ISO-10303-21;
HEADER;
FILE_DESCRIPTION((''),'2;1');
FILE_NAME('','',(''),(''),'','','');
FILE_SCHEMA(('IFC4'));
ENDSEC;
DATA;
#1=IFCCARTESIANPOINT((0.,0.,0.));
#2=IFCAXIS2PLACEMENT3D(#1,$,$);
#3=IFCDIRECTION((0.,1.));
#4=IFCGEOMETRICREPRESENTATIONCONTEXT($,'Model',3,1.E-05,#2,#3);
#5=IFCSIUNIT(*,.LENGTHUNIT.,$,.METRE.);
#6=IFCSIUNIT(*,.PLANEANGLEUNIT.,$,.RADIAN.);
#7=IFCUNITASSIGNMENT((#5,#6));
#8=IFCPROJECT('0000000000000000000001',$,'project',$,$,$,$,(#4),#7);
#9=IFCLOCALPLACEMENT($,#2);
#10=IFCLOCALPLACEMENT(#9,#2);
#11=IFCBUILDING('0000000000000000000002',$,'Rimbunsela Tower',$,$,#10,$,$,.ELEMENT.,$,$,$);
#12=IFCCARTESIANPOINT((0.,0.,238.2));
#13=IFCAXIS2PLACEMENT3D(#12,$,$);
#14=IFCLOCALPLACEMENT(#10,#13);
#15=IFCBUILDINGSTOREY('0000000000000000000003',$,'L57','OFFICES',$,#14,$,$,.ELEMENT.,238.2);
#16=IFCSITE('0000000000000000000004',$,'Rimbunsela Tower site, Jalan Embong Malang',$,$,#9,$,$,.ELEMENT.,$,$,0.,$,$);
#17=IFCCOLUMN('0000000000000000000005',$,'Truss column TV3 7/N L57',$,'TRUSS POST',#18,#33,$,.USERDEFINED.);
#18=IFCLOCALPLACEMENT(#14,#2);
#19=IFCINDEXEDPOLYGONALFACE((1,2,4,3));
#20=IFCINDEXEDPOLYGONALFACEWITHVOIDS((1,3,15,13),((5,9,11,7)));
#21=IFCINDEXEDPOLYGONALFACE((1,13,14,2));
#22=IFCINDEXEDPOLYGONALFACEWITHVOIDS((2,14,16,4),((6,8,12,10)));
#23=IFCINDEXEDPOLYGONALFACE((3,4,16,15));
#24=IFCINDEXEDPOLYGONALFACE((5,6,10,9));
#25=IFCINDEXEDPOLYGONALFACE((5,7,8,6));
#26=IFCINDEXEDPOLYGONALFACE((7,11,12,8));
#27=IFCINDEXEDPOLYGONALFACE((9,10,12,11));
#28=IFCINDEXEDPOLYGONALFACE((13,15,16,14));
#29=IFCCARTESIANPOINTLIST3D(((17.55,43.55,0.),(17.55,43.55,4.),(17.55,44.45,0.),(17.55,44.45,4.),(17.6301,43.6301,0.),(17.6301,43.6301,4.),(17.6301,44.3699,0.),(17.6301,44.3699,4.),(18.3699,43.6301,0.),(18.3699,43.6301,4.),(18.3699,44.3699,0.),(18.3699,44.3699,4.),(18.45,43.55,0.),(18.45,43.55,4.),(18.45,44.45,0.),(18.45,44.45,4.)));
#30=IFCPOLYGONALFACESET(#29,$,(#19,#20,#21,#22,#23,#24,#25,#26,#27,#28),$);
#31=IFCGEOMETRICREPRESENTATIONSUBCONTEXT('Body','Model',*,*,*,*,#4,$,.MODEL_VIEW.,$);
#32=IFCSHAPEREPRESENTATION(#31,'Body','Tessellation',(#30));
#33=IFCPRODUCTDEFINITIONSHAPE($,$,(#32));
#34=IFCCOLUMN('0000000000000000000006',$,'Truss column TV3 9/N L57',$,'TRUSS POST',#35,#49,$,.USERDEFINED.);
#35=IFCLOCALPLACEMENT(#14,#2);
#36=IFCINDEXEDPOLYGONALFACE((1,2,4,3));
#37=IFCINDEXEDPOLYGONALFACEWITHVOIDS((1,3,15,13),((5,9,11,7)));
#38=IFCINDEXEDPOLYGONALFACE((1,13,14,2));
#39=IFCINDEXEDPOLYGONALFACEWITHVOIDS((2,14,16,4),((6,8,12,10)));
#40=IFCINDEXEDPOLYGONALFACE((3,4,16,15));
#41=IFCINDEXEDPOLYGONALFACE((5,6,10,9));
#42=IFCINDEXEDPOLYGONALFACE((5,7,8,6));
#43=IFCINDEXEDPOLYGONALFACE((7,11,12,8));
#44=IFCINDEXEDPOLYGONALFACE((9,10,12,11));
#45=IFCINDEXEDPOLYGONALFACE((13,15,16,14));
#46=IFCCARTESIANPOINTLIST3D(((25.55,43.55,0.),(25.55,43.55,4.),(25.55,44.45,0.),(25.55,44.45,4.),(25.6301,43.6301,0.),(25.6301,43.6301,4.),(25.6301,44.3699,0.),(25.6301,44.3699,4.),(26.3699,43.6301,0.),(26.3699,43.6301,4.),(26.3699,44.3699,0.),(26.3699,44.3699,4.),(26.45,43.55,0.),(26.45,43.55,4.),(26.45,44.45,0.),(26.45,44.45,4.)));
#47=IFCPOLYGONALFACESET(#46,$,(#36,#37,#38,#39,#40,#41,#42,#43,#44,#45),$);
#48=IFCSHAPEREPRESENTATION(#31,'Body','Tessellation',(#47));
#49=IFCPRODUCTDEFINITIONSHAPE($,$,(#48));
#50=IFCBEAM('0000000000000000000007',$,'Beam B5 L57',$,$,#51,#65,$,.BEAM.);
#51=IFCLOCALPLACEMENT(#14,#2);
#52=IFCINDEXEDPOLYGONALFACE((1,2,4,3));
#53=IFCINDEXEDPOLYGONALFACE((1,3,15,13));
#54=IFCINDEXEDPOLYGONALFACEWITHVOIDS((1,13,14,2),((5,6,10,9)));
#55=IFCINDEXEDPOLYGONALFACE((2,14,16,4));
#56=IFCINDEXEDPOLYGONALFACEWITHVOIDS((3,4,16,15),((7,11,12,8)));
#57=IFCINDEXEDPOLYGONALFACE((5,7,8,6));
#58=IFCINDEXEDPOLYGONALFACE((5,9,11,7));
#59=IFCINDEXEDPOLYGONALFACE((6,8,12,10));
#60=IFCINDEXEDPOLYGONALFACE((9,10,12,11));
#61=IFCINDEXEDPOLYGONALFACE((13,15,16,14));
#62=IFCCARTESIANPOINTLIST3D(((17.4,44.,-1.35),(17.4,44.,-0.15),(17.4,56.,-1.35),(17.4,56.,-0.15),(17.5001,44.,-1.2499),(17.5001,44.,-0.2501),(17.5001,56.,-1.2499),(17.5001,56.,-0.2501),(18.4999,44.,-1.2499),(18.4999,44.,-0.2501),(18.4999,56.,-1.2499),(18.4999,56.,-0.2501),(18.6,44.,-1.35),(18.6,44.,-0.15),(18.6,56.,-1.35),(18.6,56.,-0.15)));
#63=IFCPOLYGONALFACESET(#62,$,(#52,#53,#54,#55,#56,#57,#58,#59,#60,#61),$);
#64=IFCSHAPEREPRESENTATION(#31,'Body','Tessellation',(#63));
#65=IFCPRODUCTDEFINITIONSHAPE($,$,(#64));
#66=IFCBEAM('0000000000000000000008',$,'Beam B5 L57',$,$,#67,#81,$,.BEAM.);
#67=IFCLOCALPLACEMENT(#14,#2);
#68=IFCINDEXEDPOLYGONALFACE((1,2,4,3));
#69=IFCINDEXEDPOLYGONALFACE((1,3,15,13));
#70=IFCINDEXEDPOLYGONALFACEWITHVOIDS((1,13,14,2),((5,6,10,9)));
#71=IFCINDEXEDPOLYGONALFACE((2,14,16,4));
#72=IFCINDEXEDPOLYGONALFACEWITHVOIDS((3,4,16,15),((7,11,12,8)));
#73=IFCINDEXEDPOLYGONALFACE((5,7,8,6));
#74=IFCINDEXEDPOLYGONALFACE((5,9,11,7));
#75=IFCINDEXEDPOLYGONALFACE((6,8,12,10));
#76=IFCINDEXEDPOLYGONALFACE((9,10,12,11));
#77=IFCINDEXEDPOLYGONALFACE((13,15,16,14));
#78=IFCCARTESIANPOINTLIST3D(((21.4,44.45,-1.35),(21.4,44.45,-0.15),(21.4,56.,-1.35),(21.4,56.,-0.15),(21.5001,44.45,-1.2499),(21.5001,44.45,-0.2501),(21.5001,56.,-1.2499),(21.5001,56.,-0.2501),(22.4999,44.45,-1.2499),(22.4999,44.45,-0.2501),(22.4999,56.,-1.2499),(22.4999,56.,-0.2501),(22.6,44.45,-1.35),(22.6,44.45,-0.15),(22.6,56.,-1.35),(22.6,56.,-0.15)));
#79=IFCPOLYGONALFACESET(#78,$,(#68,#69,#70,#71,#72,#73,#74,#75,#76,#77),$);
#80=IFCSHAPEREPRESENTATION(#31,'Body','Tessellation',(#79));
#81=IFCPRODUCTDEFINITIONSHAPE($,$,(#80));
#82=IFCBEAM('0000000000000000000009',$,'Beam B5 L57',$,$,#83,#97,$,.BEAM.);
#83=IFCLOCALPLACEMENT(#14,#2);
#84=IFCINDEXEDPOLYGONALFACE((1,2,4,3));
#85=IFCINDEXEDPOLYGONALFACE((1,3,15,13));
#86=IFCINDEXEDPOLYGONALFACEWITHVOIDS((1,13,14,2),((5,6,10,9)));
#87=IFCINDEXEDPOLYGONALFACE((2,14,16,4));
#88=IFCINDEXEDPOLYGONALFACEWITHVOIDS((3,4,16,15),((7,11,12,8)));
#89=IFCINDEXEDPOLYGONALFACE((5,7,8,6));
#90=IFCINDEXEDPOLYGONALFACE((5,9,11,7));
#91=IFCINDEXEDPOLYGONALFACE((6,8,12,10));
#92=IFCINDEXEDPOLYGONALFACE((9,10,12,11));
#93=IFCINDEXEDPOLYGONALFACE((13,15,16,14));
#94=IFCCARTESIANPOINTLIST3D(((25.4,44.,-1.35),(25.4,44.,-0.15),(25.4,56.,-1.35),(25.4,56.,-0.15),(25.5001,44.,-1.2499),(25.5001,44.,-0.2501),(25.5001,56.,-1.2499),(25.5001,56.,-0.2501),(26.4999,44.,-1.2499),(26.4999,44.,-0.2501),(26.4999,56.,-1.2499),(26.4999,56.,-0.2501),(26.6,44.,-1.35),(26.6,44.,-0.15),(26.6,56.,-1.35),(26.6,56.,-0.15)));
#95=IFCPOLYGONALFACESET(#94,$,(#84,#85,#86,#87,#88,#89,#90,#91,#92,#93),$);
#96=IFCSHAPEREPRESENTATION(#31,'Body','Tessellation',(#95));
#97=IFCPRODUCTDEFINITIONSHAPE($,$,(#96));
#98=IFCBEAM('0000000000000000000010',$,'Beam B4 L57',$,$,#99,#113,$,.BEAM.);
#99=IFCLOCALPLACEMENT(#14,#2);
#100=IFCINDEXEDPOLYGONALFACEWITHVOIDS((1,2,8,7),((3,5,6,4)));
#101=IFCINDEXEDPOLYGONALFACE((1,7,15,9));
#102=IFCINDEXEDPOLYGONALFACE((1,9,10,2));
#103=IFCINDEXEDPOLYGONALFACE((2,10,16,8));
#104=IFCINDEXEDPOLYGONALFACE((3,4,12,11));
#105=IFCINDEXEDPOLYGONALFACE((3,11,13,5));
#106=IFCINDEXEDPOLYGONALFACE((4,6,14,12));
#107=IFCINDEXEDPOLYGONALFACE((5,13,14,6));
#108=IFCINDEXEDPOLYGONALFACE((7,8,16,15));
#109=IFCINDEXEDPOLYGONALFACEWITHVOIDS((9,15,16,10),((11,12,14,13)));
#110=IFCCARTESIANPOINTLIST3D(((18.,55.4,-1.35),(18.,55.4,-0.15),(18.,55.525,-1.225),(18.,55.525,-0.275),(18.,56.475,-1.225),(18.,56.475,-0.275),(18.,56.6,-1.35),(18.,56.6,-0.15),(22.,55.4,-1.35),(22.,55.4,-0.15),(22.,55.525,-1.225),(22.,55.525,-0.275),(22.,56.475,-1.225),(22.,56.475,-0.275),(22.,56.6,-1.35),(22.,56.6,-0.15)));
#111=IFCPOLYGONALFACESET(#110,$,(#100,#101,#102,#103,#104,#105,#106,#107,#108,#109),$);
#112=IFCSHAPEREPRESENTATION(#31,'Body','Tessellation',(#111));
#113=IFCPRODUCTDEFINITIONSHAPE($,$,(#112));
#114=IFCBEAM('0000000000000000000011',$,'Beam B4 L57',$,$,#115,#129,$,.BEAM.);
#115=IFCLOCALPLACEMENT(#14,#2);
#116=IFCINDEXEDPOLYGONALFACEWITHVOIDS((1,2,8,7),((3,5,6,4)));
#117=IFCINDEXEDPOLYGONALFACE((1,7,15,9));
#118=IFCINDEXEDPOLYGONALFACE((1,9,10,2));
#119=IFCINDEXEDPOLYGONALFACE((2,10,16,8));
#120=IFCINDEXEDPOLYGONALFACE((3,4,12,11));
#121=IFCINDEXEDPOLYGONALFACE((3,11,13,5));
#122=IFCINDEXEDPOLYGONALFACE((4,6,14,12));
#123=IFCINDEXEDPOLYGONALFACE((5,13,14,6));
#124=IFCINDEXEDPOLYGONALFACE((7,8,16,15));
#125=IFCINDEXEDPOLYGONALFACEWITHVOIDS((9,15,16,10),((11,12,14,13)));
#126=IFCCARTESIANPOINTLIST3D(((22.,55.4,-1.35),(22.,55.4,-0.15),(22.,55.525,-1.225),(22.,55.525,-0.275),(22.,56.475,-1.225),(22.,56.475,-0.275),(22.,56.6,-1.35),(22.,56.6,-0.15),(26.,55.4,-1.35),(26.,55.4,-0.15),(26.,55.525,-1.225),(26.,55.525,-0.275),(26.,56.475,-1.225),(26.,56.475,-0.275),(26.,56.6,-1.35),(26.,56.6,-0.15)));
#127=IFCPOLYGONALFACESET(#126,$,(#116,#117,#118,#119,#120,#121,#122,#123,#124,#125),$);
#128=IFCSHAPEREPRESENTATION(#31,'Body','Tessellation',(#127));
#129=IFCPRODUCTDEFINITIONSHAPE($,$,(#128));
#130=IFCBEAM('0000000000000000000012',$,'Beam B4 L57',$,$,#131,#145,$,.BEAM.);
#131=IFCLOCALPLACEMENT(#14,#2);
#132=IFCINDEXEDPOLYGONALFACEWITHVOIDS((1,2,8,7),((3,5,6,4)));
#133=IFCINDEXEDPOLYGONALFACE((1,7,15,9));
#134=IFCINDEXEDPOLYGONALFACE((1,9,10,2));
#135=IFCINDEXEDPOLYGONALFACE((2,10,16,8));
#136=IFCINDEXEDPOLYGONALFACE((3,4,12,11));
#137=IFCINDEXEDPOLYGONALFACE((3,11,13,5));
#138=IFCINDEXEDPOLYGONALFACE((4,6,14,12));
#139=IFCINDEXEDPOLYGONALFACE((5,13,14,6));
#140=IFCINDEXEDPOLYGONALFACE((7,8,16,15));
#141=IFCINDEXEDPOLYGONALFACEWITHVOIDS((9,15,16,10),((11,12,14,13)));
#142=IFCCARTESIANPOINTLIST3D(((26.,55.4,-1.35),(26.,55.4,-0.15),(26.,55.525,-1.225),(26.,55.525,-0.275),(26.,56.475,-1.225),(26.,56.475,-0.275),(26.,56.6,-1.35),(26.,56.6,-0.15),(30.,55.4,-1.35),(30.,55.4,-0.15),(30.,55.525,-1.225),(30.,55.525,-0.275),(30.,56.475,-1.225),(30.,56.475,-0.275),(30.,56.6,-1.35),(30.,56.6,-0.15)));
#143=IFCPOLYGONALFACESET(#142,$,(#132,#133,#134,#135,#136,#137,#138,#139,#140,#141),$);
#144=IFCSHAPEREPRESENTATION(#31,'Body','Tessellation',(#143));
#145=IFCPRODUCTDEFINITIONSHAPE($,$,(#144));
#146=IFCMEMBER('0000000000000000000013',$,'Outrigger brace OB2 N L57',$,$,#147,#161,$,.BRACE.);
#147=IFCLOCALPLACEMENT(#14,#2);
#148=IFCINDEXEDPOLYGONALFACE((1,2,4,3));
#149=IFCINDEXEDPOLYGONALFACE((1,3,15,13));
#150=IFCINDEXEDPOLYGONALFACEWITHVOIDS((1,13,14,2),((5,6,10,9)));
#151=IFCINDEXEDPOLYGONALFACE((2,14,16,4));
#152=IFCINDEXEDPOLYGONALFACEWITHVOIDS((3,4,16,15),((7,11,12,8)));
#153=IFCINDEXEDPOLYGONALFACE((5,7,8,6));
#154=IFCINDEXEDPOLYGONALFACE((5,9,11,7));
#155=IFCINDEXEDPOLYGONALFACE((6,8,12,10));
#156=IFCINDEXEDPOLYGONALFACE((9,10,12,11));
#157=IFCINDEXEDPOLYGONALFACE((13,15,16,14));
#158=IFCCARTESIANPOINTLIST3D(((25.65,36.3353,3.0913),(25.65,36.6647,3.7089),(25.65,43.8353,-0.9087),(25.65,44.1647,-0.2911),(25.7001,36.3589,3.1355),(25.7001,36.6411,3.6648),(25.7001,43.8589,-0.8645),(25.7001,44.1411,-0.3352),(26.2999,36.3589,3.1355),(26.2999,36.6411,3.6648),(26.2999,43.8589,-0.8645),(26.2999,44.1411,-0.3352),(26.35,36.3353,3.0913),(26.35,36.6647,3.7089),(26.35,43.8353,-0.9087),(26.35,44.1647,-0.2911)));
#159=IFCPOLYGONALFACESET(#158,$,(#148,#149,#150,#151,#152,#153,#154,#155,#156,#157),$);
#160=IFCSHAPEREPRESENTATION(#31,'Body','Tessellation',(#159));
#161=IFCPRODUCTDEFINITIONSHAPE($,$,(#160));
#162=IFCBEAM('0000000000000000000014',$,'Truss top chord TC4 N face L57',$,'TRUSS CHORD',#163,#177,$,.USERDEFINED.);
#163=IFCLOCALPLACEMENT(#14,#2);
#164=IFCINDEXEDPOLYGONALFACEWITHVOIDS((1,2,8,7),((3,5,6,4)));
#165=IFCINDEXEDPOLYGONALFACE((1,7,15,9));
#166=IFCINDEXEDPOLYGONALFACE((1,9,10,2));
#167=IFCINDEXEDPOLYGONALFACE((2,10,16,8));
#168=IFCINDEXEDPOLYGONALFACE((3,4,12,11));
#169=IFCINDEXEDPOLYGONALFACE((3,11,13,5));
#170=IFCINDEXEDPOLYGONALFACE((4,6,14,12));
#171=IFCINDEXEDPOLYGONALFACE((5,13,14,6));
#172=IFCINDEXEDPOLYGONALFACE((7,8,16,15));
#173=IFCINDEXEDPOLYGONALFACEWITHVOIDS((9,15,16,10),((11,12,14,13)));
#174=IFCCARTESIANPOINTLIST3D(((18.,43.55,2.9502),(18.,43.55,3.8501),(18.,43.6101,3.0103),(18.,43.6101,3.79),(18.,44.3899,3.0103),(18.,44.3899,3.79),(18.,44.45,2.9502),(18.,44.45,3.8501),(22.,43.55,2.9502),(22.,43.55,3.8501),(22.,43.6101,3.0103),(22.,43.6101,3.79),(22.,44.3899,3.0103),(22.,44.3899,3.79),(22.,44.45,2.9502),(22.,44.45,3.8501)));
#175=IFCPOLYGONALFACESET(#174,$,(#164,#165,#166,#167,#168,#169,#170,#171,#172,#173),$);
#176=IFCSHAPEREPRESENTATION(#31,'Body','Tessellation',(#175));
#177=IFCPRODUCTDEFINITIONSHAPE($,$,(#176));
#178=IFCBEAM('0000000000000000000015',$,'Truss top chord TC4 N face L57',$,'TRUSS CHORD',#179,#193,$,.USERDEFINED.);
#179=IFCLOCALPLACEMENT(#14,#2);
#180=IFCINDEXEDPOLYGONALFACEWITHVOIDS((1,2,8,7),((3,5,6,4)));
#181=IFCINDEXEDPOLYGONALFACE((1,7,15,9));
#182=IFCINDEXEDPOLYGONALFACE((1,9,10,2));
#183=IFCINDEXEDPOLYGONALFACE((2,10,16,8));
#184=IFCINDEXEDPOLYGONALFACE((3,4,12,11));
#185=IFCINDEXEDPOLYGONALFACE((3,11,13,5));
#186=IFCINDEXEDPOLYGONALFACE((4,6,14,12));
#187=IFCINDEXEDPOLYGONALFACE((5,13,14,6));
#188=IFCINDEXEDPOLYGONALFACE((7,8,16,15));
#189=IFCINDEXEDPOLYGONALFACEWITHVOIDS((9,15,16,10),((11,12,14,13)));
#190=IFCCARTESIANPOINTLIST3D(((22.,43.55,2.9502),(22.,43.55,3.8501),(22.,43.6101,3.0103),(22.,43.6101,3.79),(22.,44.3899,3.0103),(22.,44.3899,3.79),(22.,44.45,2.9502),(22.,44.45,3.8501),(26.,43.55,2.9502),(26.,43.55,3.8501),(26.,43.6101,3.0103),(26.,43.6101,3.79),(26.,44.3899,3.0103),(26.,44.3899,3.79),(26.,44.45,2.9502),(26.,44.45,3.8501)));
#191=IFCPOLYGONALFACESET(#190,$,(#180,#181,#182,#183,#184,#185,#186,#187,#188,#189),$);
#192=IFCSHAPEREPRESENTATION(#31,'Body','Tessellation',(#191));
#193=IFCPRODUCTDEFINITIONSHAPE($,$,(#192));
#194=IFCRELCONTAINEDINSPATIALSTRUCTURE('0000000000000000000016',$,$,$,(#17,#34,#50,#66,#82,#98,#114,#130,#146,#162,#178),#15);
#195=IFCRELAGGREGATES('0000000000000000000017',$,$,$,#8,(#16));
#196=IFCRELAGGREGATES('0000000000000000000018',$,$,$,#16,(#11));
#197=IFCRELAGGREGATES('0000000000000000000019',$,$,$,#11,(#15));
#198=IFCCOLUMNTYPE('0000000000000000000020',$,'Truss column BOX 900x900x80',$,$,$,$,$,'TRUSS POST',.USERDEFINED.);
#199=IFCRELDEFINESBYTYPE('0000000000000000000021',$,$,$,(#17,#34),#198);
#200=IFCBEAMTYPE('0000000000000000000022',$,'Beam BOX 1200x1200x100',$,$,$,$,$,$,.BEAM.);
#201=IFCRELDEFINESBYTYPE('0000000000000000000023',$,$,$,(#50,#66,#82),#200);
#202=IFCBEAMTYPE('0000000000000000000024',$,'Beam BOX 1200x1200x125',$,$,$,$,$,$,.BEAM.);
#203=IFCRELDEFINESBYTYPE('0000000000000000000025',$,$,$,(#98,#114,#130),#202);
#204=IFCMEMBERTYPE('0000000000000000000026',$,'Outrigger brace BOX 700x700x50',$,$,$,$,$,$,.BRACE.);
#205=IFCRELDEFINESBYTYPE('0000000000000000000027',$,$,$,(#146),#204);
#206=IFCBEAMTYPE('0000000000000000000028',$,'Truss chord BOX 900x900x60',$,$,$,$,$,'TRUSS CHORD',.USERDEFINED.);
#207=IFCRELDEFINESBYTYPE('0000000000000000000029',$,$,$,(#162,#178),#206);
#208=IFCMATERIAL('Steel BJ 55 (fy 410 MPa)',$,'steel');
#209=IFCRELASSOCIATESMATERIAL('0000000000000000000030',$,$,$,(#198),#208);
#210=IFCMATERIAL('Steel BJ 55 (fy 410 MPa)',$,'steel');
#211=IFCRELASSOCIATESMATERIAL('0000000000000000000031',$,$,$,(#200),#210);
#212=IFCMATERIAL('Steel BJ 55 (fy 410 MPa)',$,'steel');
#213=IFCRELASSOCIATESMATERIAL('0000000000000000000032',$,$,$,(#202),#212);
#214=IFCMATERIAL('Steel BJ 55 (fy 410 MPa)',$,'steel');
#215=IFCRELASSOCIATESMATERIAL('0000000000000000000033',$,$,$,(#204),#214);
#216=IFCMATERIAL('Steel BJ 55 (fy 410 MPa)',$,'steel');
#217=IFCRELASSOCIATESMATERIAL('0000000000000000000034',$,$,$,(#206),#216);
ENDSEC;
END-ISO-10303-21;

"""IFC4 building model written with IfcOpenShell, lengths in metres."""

from ifc_helpers import new_model, si_unit, direction, frame, origin, origin_2d, place, context, subcontext, project, spatial, hollow_rectangle, extrude, material, material_profile, profile_set, type_object, element, save


model = new_model("IFC4")

# Units and contexts
model_context = context("Model", 3, precision=1e-05, world=origin(), true_north=direction((0.0, 1.0)))
body_context = subcontext(model_context, "Body", "Model", "MODEL_VIEW")
ifc_project = project(units=[si_unit("LENGTHUNIT", "METRE"), si_unit("PLANEANGLEUNIT", "RADIAN")], contexts=[model_context])

# Site, building, storey
site_placement = place(None, origin())
site = spatial("IfcSite", under=ifc_project, at=site_placement, Name="Rimbunsela Tower site, Jalan Embong Malang", CompositionType="ELEMENT", RefElevation=0.0)
building_placement = place(site_placement, origin())
building = spatial("IfcBuilding", under=site, at=building_placement, Name="Rimbunsela Tower", CompositionType="ELEMENT")
storey_placement = place(building_placement, frame((0.0, 0.0, 238.2)))
storey = spatial("IfcBuildingStorey", under=building, at=storey_placement, Name="L57", Description="OFFICES", CompositionType="ELEMENT", Elevation=238.2)

# Columns
ifc_material_1 = material(Name="Steel BJ 55 (fy 410 MPa)", Category="steel")
ifc_material_profile_1 = material_profile(ifc_material_1, hollow_rectangle(XDim=0.8999, YDim=0.8999, WallThickness=0.0801, at=origin_2d()), Name="BOX 900x900x80")
ifc_profile_set_1 = profile_set([ifc_material_profile_1], Name="Steel BJ 55 (fy 410 MPa)")
column_type = type_object("IfcColumnType", Name="Truss column BOX 900x900x80", ElementType="TRUSS POST", PredefinedType="USERDEFINED", material=ifc_profile_set_1)
for number, where, z_axis, x_axis, name in (
    (1, (18.0, 44.0, 0.0), (0.0, 0.0, 1.0), (1.0, 0.0, 0.0), "Truss column TV3 7/N L57"),
    (2, (26.0, 44.0, 0.0), (0.0, 0.0, 1.0), (1.0, 0.0, 0.0), "Truss column TV3 9/N L57"),
):
    element("IfcColumn", number, at=place(storey_placement, frame(where, z_axis=z_axis, x_axis=x_axis)), inside=storey, type_object=column_type, Name=name, ObjectType="TRUSS POST", PredefinedType="USERDEFINED", context=body_context, shape_type="SweptSolid", body=[
        extrude(hollow_rectangle(XDim=0.8999, YDim=0.8999, WallThickness=0.0801, at=origin_2d()), origin(), (0.0, 0.0, 1.0), 4.0),
    ])

# Beams
ifc_material_2 = material(Name="Steel BJ 55 (fy 410 MPa)", Category="steel")
ifc_material_profile_2 = material_profile(ifc_material_2, hollow_rectangle(XDim=1.2, YDim=1.2, WallThickness=0.1001, at=origin_2d()), Name="BOX 1200x1200x100")
ifc_profile_set_2 = profile_set([ifc_material_profile_2], Name="Steel BJ 55 (fy 410 MPa)")
beam_type_1 = type_object("IfcBeamType", Name="Beam BOX 1200x1200x100", PredefinedType="BEAM", material=ifc_profile_set_2)
beam_1_placement = place(storey_placement, frame((18.0, 44.0, -0.75), z_axis=(0.0, 1.0, 0.0), x_axis=(-1.0, 0.0, 0.0)))
element("IfcBeam", 3, at=beam_1_placement, inside=storey, type_object=beam_type_1, Name="Beam B5 L57", PredefinedType="BEAM", context=body_context, shape_type="SweptSolid", body=[
    extrude(hollow_rectangle(XDim=1.2, YDim=1.2, WallThickness=0.1001, at=origin_2d()), origin(), (0.0, 0.0, 1.0), 12.0),
])
beam_2_placement = place(storey_placement, frame((22.0, 44.45, -0.75), z_axis=(0.0, 1.0, 0.0), x_axis=(-1.0, 0.0, 0.0)))
element("IfcBeam", 4, at=beam_2_placement, inside=storey, type_object=beam_type_1, Name="Beam B5 L57", PredefinedType="BEAM", context=body_context, shape_type="SweptSolid", body=[
    extrude(hollow_rectangle(XDim=1.2, YDim=1.2, WallThickness=0.1001, at=origin_2d()), origin(), (0.0, 0.0, 1.0), 11.55),
])
beam_3_placement = place(storey_placement, frame((26.0, 44.0, -0.75), z_axis=(0.0, 1.0, 0.0), x_axis=(-1.0, 0.0, 0.0)))
element("IfcBeam", 5, at=beam_3_placement, inside=storey, type_object=beam_type_1, Name="Beam B5 L57", PredefinedType="BEAM", context=body_context, shape_type="SweptSolid", body=[
    extrude(hollow_rectangle(XDim=1.2, YDim=1.2, WallThickness=0.1001, at=origin_2d()), origin(), (0.0, 0.0, 1.0), 12.0),
])
ifc_material_3 = material(Name="Steel BJ 55 (fy 410 MPa)", Category="steel")
ifc_material_profile_3 = material_profile(ifc_material_3, hollow_rectangle(XDim=1.2, YDim=1.2, WallThickness=0.125, at=origin_2d()), Name="BOX 1200x1200x125")
ifc_profile_set_3 = profile_set([ifc_material_profile_3], Name="Steel BJ 55 (fy 410 MPa)")
beam_type_2 = type_object("IfcBeamType", Name="Beam BOX 1200x1200x125", PredefinedType="BEAM", material=ifc_profile_set_3)
for number, where, z_axis, x_axis, name in (
    (6, (18.0, 56.0, -0.75), (1.0, 0.0, 0.0), (0.0, 1.0, 0.0), "Beam B4 L57"),
    (7, (22.0, 56.0, -0.75), (1.0, 0.0, 0.0), (0.0, 1.0, 0.0), "Beam B4 L57"),
    (8, (26.0, 56.0, -0.75), (1.0, 0.0, 0.0), (0.0, 1.0, 0.0), "Beam B4 L57"),
):
    element("IfcBeam", number, at=place(storey_placement, frame(where, z_axis=z_axis, x_axis=x_axis)), inside=storey, type_object=beam_type_2, Name=name, PredefinedType="BEAM", context=body_context, shape_type="SweptSolid", body=[
        extrude(hollow_rectangle(XDim=1.2, YDim=1.2, WallThickness=0.125, at=origin_2d()), origin(), (0.0, 0.0, 1.0), 4.0),
    ])

# Member
ifc_material_4 = material(Name="Steel BJ 55 (fy 410 MPa)", Category="steel")
ifc_material_profile_4 = material_profile(ifc_material_4, hollow_rectangle(XDim=0.7, YDim=0.7, WallThickness=0.05, at=origin_2d()), Name="BOX 700x700x50")
ifc_profile_set_4 = profile_set([ifc_material_profile_4], Name="Steel BJ 55 (fy 410 MPa)")
member_type_1 = type_object("IfcMemberType", Name="Outrigger brace BOX 700x700x50", PredefinedType="BRACE", material=ifc_profile_set_4)
member_1_placement = place(storey_placement, frame((26.0, 44.0, -0.5999), z_axis=(0.0, -0.882353, 0.470588), x_axis=(1.0, 0.0, 0.0)))
element("IfcMember", 9, at=member_1_placement, inside=storey, type_object=member_type_1, Name="Outrigger brace OB2 N L57", PredefinedType="BRACE", context=body_context, shape_type="SweptSolid", body=[
    extrude(hollow_rectangle(XDim=0.7, YDim=0.7, WallThickness=0.05, at=origin_2d()), origin(), (0.0, 0.0, 1.0), 8.5),
])

# Beams
ifc_material_5 = material(Name="Steel BJ 55 (fy 410 MPa)", Category="steel")
ifc_material_profile_5 = material_profile(ifc_material_5, hollow_rectangle(XDim=0.8999, YDim=0.8999, WallThickness=0.0601, at=origin_2d()), Name="BOX 900x900x60")
ifc_profile_set_5 = profile_set([ifc_material_profile_5], Name="Steel BJ 55 (fy 410 MPa)")
beam_type_3 = type_object("IfcBeamType", Name="Truss chord BOX 900x900x60", ElementType="TRUSS CHORD", PredefinedType="USERDEFINED", material=ifc_profile_set_5)
for number, where, z_axis, x_axis, name in (
    (10, (18.0, 44.0, 3.4001), (1.0, 0.0, 0.0), (0.0, 1.0, 0.0), "Truss top chord TC4 N face L57"),
    (11, (22.0, 44.0, 3.4001), (1.0, 0.0, 0.0), (0.0, 1.0, 0.0), "Truss top chord TC4 N face L57"),
):
    element("IfcBeam", number, at=place(storey_placement, frame(where, z_axis=z_axis, x_axis=x_axis)), inside=storey, type_object=beam_type_3, Name=name, ObjectType="TRUSS CHORD", PredefinedType="USERDEFINED", context=body_context, shape_type="SweptSolid", body=[
        extrude(hollow_rectangle(XDim=0.8999, YDim=0.8999, WallThickness=0.0601, at=origin_2d()), origin(), (0.0, 0.0, 1.0), 4.0),
    ])

save(model, "model.ifc")
